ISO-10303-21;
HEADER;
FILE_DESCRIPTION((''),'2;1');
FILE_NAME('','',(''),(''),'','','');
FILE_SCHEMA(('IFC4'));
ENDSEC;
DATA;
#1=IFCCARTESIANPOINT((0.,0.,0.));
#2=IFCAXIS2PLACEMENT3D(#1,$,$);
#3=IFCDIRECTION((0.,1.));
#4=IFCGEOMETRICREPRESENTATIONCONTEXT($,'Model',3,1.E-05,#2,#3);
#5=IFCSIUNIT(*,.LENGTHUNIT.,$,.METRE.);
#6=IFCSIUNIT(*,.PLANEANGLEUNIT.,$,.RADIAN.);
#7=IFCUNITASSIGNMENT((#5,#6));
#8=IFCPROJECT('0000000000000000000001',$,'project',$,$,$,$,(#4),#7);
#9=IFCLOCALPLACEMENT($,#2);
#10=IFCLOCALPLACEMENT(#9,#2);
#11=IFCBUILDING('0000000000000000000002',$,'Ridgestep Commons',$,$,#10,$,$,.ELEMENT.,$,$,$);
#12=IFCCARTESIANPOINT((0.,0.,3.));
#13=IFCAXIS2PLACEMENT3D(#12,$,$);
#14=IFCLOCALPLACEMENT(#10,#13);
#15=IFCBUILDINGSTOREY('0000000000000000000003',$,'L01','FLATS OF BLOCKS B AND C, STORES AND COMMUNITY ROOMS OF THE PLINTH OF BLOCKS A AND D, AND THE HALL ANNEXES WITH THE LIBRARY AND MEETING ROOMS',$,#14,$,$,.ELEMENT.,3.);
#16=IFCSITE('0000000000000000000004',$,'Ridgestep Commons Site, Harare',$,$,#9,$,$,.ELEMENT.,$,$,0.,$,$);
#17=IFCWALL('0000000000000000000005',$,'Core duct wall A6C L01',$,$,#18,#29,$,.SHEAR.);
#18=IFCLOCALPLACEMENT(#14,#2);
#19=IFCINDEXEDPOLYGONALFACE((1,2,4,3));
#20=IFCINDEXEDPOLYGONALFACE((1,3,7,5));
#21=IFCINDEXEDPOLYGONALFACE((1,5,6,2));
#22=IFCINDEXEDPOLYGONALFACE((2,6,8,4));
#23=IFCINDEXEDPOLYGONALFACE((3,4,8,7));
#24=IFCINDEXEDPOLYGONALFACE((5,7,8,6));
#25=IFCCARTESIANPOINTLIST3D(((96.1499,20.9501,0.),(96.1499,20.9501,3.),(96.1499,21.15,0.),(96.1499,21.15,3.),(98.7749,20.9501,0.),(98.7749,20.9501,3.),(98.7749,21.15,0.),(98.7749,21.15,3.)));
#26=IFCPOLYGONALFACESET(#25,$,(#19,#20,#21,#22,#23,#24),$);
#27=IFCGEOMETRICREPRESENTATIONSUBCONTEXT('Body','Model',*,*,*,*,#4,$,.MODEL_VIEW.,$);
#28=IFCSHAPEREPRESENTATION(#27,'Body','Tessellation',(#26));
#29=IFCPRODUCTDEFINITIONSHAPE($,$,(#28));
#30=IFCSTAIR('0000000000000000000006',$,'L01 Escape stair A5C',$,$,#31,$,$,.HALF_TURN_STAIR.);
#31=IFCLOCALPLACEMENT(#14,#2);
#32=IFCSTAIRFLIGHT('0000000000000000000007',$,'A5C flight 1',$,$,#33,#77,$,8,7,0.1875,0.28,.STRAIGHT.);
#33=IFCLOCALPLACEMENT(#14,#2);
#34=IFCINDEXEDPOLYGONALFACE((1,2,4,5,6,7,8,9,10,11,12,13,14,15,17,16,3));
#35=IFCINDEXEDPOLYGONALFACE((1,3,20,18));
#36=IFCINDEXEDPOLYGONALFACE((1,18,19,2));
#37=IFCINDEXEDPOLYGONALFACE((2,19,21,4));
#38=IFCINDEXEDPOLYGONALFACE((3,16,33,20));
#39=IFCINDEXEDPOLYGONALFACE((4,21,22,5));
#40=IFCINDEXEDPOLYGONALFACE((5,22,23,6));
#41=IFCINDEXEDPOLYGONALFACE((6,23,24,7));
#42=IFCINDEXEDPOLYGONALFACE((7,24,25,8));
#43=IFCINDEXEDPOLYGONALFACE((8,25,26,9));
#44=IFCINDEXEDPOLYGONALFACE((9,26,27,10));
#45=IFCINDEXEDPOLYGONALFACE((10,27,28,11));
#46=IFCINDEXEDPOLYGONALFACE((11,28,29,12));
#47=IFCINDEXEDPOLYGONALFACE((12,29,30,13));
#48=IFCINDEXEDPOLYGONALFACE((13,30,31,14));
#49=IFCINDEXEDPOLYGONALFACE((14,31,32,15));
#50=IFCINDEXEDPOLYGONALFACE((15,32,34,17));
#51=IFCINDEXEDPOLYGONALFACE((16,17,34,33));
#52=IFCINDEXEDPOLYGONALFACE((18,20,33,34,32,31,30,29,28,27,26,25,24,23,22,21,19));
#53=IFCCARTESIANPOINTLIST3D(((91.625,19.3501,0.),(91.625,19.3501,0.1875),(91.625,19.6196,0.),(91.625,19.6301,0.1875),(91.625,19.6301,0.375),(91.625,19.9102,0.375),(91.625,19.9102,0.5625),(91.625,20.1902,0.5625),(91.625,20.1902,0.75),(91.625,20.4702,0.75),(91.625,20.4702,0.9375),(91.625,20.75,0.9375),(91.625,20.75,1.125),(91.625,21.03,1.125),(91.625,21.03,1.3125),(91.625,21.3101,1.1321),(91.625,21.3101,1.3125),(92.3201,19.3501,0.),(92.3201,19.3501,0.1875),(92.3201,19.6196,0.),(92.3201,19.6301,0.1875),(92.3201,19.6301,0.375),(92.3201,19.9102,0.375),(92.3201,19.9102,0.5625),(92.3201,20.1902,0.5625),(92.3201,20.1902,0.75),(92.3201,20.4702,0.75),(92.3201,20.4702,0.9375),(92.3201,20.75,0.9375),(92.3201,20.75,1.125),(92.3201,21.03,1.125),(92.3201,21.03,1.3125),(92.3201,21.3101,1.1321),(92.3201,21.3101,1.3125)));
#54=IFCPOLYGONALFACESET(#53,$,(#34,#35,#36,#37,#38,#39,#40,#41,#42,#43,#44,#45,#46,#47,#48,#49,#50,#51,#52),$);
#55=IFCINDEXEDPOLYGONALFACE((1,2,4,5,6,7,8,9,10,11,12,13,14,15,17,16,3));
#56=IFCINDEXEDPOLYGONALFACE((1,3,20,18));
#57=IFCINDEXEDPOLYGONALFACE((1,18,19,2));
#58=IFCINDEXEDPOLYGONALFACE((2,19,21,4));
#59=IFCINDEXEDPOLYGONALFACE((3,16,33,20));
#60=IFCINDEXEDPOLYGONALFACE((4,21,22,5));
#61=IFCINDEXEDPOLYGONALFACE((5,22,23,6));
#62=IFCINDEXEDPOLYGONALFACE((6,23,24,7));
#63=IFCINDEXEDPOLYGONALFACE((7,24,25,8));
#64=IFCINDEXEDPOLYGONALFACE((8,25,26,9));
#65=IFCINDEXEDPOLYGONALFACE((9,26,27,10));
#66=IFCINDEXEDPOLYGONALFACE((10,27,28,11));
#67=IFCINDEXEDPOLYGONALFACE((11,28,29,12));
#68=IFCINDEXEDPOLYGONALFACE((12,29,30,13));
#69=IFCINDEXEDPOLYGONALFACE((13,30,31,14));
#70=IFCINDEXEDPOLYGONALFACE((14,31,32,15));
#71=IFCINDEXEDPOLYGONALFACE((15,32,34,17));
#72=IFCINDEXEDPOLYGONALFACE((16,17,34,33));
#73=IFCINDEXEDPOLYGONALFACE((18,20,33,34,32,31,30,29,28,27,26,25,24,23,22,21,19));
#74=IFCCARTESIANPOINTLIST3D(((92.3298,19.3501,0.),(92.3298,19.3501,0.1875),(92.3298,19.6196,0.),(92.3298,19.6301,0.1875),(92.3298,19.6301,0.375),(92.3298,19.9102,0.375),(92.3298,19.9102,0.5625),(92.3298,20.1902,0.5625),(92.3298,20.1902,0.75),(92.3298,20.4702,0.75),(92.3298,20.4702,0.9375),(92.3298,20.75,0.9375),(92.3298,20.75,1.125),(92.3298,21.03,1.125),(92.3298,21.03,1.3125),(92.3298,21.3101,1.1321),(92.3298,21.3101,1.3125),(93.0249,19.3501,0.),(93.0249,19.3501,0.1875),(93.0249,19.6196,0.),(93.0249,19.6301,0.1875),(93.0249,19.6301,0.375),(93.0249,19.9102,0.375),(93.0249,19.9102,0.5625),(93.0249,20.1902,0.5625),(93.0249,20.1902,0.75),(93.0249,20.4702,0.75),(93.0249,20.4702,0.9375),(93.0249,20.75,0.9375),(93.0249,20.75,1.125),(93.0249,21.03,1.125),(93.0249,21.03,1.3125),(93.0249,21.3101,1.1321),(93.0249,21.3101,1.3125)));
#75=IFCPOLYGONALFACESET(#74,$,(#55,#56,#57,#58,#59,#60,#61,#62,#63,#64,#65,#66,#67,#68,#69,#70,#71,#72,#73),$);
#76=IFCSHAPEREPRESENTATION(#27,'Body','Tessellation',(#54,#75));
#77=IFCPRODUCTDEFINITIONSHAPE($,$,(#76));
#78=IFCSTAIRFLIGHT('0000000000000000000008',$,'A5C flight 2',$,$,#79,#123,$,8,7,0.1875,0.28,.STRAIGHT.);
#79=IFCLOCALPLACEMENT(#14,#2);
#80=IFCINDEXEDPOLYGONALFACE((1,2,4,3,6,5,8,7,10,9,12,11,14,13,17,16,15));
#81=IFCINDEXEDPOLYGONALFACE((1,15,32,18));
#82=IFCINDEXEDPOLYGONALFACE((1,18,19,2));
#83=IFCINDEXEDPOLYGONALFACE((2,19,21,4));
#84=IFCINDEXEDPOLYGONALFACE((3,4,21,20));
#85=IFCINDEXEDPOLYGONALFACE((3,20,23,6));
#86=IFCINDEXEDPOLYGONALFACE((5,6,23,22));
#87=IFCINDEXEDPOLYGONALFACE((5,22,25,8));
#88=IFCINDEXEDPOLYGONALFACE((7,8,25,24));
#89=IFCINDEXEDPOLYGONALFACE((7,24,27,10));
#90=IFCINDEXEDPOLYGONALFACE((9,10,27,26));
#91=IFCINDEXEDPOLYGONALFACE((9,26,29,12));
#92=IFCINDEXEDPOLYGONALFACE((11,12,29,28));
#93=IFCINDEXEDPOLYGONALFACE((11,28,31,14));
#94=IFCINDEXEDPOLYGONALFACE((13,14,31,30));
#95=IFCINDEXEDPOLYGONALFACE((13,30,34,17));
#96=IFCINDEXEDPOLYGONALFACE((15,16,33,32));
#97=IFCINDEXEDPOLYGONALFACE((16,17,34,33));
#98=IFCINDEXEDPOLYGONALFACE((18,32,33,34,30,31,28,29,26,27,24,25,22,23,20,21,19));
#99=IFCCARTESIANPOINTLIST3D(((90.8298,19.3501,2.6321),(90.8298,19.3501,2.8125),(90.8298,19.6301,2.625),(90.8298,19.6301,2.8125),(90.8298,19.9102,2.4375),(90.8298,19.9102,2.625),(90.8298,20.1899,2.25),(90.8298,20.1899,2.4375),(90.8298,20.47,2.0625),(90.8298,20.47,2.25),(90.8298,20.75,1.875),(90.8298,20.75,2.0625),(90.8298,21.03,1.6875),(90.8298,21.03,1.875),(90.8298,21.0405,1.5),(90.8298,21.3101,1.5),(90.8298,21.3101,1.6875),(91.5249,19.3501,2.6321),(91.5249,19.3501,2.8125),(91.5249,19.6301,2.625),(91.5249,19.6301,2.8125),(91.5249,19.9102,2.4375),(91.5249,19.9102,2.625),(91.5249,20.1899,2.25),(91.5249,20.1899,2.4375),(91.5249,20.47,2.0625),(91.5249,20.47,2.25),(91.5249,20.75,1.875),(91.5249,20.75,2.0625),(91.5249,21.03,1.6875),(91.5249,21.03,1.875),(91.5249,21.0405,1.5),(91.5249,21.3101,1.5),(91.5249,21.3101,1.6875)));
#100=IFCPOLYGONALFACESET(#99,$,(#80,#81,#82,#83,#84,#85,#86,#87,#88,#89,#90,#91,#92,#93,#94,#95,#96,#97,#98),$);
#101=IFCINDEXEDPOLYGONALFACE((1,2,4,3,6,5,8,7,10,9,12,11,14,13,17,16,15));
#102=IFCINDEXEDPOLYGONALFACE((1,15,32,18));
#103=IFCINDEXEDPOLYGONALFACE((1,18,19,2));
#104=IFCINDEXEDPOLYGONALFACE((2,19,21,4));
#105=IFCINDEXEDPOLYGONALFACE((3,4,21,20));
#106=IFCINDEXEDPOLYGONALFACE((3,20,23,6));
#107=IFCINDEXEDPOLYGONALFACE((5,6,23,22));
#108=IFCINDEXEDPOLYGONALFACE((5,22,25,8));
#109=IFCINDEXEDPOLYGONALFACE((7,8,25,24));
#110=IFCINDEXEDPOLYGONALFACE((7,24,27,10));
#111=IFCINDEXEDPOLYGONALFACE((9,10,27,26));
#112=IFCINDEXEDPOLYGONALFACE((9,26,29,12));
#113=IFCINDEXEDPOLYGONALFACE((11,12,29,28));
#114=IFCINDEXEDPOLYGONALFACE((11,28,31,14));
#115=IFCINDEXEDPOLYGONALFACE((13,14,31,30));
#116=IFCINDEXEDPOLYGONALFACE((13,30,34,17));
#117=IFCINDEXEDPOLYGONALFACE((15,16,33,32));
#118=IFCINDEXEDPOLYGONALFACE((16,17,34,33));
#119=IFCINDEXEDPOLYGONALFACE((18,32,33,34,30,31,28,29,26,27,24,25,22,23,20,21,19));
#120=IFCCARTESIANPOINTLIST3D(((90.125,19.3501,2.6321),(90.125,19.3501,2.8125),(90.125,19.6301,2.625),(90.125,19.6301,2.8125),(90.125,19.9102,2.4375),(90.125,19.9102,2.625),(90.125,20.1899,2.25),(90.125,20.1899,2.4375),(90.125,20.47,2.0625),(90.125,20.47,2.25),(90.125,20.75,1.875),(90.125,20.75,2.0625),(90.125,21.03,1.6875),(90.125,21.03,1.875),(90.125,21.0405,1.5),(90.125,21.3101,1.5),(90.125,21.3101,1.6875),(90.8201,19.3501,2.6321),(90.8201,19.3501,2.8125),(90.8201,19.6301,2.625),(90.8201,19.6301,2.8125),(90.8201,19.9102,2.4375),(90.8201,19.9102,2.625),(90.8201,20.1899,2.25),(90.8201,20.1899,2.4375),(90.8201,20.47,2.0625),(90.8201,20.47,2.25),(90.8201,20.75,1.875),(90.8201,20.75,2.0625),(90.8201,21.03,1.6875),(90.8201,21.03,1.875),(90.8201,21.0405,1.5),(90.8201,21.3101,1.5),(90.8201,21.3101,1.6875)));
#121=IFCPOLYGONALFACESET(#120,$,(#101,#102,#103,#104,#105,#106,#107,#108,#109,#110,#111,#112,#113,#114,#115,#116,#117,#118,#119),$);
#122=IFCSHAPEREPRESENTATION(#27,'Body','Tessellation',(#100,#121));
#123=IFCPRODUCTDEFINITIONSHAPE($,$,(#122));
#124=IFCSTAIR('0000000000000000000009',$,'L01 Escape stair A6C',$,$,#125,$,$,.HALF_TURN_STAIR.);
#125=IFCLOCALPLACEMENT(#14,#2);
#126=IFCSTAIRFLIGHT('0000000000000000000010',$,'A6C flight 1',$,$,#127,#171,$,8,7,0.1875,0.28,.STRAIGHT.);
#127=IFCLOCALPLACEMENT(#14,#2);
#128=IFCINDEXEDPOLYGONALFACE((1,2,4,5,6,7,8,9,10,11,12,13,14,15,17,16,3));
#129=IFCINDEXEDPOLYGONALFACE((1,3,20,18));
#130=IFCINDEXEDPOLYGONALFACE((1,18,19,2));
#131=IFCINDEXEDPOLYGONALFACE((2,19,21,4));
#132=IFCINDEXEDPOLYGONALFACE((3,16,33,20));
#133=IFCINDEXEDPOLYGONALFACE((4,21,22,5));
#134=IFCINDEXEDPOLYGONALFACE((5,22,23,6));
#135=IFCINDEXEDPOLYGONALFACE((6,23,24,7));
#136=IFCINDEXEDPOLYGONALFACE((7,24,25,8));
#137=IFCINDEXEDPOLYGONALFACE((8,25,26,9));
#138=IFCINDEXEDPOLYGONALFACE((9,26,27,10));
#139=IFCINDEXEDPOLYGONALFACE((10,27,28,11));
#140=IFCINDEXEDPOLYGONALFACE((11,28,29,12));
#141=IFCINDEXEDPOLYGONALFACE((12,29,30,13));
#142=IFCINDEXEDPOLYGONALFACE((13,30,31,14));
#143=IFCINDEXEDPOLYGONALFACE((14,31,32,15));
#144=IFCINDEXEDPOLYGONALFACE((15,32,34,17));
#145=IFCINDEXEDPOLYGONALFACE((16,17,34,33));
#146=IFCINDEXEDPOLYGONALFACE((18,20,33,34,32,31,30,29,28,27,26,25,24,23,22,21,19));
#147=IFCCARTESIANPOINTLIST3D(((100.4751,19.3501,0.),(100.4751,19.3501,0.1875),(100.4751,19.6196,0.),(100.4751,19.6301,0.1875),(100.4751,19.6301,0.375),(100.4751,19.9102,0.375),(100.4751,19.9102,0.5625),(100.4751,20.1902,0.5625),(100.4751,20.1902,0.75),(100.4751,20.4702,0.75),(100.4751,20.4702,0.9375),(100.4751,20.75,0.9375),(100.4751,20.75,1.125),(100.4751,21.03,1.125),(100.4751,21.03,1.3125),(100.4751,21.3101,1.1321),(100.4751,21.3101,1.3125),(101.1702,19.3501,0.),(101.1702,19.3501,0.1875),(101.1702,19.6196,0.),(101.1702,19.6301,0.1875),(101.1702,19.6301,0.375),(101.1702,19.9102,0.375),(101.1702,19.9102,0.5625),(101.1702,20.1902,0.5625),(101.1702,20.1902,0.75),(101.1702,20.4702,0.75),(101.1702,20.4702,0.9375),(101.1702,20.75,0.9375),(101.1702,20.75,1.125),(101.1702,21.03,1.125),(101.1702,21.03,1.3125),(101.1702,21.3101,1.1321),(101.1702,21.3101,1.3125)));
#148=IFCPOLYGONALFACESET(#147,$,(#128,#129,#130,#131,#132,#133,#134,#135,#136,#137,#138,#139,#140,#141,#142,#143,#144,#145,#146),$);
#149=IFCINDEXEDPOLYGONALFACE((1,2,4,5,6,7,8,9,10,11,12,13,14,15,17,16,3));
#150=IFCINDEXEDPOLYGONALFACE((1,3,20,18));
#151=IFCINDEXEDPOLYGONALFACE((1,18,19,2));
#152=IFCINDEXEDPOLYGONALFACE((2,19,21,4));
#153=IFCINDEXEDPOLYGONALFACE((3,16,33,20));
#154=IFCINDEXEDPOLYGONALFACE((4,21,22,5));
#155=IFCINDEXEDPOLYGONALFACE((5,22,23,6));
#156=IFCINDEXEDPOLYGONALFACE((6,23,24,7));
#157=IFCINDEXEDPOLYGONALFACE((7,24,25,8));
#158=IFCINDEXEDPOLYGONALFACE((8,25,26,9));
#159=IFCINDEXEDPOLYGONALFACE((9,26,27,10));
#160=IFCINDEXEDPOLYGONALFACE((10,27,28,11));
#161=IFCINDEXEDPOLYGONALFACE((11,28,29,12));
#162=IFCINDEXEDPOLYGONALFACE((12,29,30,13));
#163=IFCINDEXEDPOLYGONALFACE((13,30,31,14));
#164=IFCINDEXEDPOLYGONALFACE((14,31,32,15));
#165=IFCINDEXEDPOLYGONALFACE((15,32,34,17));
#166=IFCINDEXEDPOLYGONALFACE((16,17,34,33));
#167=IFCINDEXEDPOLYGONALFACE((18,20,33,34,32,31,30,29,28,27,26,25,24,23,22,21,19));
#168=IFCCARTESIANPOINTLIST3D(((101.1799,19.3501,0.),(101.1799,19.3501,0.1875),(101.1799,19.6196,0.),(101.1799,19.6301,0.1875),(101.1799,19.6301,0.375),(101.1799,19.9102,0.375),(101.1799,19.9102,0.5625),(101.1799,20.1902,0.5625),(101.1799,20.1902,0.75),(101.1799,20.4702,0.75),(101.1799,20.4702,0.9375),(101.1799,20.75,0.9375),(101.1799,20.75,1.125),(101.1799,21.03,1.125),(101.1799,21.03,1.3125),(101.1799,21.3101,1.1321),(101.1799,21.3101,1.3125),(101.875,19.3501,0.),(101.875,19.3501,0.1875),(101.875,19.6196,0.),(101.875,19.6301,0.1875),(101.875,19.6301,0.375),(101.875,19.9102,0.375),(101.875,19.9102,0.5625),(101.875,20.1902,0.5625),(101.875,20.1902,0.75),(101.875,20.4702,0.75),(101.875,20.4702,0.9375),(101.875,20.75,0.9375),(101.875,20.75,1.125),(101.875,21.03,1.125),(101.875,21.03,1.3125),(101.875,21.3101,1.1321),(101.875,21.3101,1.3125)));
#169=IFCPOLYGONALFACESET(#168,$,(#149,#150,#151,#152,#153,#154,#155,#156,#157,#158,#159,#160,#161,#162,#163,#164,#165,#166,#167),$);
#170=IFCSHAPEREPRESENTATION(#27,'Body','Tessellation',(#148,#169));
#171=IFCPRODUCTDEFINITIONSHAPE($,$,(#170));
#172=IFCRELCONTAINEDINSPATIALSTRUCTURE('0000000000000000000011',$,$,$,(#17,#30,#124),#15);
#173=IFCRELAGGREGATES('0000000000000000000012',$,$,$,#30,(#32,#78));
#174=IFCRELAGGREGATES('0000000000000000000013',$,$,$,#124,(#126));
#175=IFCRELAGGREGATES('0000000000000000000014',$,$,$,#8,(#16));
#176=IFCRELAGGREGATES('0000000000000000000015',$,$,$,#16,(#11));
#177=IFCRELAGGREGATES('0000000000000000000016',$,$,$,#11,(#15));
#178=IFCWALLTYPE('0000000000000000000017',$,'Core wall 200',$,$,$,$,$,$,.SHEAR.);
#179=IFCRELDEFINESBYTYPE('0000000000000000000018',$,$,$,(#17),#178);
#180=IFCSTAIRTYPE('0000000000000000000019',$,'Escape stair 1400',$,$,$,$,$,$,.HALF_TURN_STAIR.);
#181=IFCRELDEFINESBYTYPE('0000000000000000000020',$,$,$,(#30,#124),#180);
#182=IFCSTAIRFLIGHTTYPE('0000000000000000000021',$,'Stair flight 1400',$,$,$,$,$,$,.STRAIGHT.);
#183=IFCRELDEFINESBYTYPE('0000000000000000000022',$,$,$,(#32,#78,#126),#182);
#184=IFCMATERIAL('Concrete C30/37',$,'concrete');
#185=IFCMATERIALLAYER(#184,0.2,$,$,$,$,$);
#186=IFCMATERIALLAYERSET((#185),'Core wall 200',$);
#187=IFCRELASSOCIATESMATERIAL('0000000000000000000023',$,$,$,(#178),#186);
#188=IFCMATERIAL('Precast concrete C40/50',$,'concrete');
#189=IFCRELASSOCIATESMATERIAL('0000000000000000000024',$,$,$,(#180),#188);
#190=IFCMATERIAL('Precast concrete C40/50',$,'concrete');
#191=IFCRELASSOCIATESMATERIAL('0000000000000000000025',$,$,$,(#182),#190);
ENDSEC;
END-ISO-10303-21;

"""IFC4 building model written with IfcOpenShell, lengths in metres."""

from ifc_helpers import new_model, si_unit, direction, frame, frame_2d, origin, place, context, subcontext, project, spatial, polyline, rectangle, outline, extrude, material, layer, layer_set, type_object, element, aggregate, save


model = new_model("IFC4")

# Units and contexts
model_context = context("Model", 3, precision=1e-05, world=origin(), true_north=direction((0.0, 1.0)))
body_context = subcontext(model_context, "Body", "Model", "MODEL_VIEW")
ifc_project = project(units=[si_unit("LENGTHUNIT", "METRE"), si_unit("PLANEANGLEUNIT", "RADIAN")], contexts=[model_context])

# Site, building, storey
site_placement = place(None, origin())
site = spatial("IfcSite", under=ifc_project, at=site_placement, Name="Ridgestep Commons Site, Harare", CompositionType="ELEMENT", RefElevation=0.0)
building_placement = place(site_placement, origin())
building = spatial("IfcBuilding", under=site, at=building_placement, Name="Ridgestep Commons", CompositionType="ELEMENT")
storey_placement = place(building_placement, frame((0.0, 0.0, 3.0)))
storey = spatial("IfcBuildingStorey", under=building, at=storey_placement, Name="L01", Description="FLATS OF BLOCKS B AND C, STORES AND COMMUNITY ROOMS OF THE PLINTH OF BLOCKS A AND D, AND THE HALL ANNEXES WITH THE LIBRARY AND MEETING ROOMS", CompositionType="ELEMENT", Elevation=3.0)

# Shared definitions
ifc_material_1 = material(Name="Concrete C30/37", Category="concrete")
ifc_layer_1 = layer(ifc_material_1, 0.2)
ifc_layer_set_1 = layer_set([ifc_layer_1], Name="Core wall 200")
wall_type_1 = type_object("IfcWallType", Name="Core wall 200", PredefinedType="SHEAR", material=ifc_layer_set_1)

# Wall
wall_1_placement = place(storey_placement, frame((96.1499, 21.05, 0.0), z_axis=(0.0, 0.0, 1.0), x_axis=(1.0, 0.0, 0.0)))
element("IfcWall", 1, at=wall_1_placement, inside=storey, type_object=wall_type_1, Name="Core duct wall A6C L01", PredefinedType="SHEAR", context=body_context, shape_type="SweptSolid", body=[
    extrude(rectangle(XDim=2.625, YDim=0.2, at=frame_2d((1.3125, 0.0))), origin(), (0.0, 0.0, 1.0), 3.0),
])

# Stairs, stair flights
ifc_material_2 = material(Name="Precast concrete C40/50", Category="concrete")
stair_type = type_object("IfcStairType", Name="Escape stair 1400", PredefinedType="HALF_TURN_STAIR", material=ifc_material_2)
stair_1_placement = place(storey_placement, origin())
stair_1 = element("IfcStair", 2, at=stair_1_placement, inside=storey, type_object=stair_type, Name="L01 Escape stair A5C", PredefinedType="HALF_TURN_STAIR")
ifc_material_3 = material(Name="Precast concrete C40/50", Category="concrete")
stair_flight_type = type_object("IfcStairFlightType", Name="Stair flight 1400", PredefinedType="STRAIGHT", material=ifc_material_3)
stair_flight_1_placement = place(storey_placement, frame((92.325, 19.3501, 0.0), z_axis=(0.0, 0.0, 1.0), x_axis=(0.0, 1.0, 0.0)))
stair_flight_1 = element("IfcStairFlight", 3, at=stair_flight_1_placement, type_object=stair_flight_type, Name="A5C flight 1", NumberOfRisers=8, NumberOfTreads=7, PredefinedType="STRAIGHT", RiserHeight=0.1875, TreadLength=0.28, context=body_context, shape_type="SweptSolid", body=[
    extrude(outline(polyline([(0.0, 0.0), (0.0, 0.1875), (0.28, 0.1875), (0.28, 0.375), (0.5601, 0.375), (0.5601, 0.5625), (0.8401, 0.5625), (0.8401, 0.75), (1.1201, 0.75), (1.1201, 0.9375), (1.3999, 0.9375), (1.3999, 1.125), (1.6799, 1.125), (1.6799, 1.3125), (1.96, 1.3125), (1.96, 1.5), (1.96, 1.1321), (0.2695, 0.0), (0.0, 0.0)])), frame((0.0, 0.7, 0.0), z_axis=(0.0, -1.0, 0.0), x_axis=(1.0, 0.0, 0.0)), (0.0, 0.0, 1.0), 0.6951),
    extrude(outline(polyline([(0.0, 0.0), (0.0, 0.1875), (0.28, 0.1875), (0.28, 0.375), (0.5601, 0.375), (0.5601, 0.5625), (0.8401, 0.5625), (0.8401, 0.75), (1.1201, 0.75), (1.1201, 0.9375), (1.3999, 0.9375), (1.3999, 1.125), (1.6799, 1.125), (1.6799, 1.3125), (1.96, 1.3125), (1.96, 1.5), (1.96, 1.1321), (0.2695, 0.0), (0.0, 0.0)])), frame((0.0, -0.0049, 0.0), z_axis=(0.0, -1.0, 0.0), x_axis=(1.0, 0.0, 0.0)), (0.0, 0.0, 1.0), 0.6951),
])
stair_flight_2_placement = place(storey_placement, frame((90.825, 21.3101, 1.5), z_axis=(0.0, 0.0, 1.0), x_axis=(0.0, -1.0, 0.0)))
stair_flight_2 = element("IfcStairFlight", 4, at=stair_flight_2_placement, type_object=stair_flight_type, Name="A5C flight 2", NumberOfRisers=8, NumberOfTreads=7, PredefinedType="STRAIGHT", RiserHeight=0.1875, TreadLength=0.28, context=body_context, shape_type="SweptSolid", body=[
    extrude(outline(polyline([(0.0, 0.0), (0.0, 0.1875), (0.28, 0.1875), (0.28, 0.375), (0.5601, 0.375), (0.5601, 0.5625), (0.8401, 0.5625), (0.8401, 0.75), (1.1201, 0.75), (1.1201, 0.9375), (1.3999, 0.9375), (1.3999, 1.125), (1.6799, 1.125), (1.6799, 1.3125), (1.96, 1.3125), (1.96, 1.5), (1.96, 1.1321), (0.2695, 0.0), (0.0, 0.0)])), frame((0.0, 0.7, 0.0), z_axis=(0.0, -1.0, 0.0), x_axis=(1.0, 0.0, 0.0)), (0.0, 0.0, 1.0), 0.6951),
    extrude(outline(polyline([(0.0, 0.0), (0.0, 0.1875), (0.28, 0.1875), (0.28, 0.375), (0.5601, 0.375), (0.5601, 0.5625), (0.8401, 0.5625), (0.8401, 0.75), (1.1201, 0.75), (1.1201, 0.9375), (1.3999, 0.9375), (1.3999, 1.125), (1.6799, 1.125), (1.6799, 1.3125), (1.96, 1.3125), (1.96, 1.5), (1.96, 1.1321), (0.2695, 0.0), (0.0, 0.0)])), frame((0.0, -0.0049, 0.0), z_axis=(0.0, -1.0, 0.0), x_axis=(1.0, 0.0, 0.0)), (0.0, 0.0, 1.0), 0.6951),
])
aggregate(stair_1, [stair_flight_1, stair_flight_2])
stair_2_placement = place(storey_placement, origin())
stair_2 = element("IfcStair", 5, at=stair_2_placement, inside=storey, type_object=stair_type, Name="L01 Escape stair A6C", PredefinedType="HALF_TURN_STAIR")
stair_flight_3_placement = place(storey_placement, frame((101.175, 19.3501, 0.0), z_axis=(0.0, 0.0, 1.0), x_axis=(0.0, 1.0, 0.0)))
stair_flight_3 = element("IfcStairFlight", 6, at=stair_flight_3_placement, type_object=stair_flight_type, Name="A6C flight 1", NumberOfRisers=8, NumberOfTreads=7, PredefinedType="STRAIGHT", RiserHeight=0.1875, TreadLength=0.28, context=body_context, shape_type="SweptSolid", body=[
    extrude(outline(polyline([(0.0, 0.0), (0.0, 0.1875), (0.28, 0.1875), (0.28, 0.375), (0.5601, 0.375), (0.5601, 0.5625), (0.8401, 0.5625), (0.8401, 0.75), (1.1201, 0.75), (1.1201, 0.9375), (1.3999, 0.9375), (1.3999, 1.125), (1.6799, 1.125), (1.6799, 1.3125), (1.96, 1.3125), (1.96, 1.5), (1.96, 1.1321), (0.2695, 0.0), (0.0, 0.0)])), frame((0.0, 0.7, 0.0), z_axis=(0.0, -1.0, 0.0), x_axis=(1.0, 0.0, 0.0)), (0.0, 0.0, 1.0), 0.6951),
    extrude(outline(polyline([(0.0, 0.0), (0.0, 0.1875), (0.28, 0.1875), (0.28, 0.375), (0.5601, 0.375), (0.5601, 0.5625), (0.8401, 0.5625), (0.8401, 0.75), (1.1201, 0.75), (1.1201, 0.9375), (1.3999, 0.9375), (1.3999, 1.125), (1.6799, 1.125), (1.6799, 1.3125), (1.96, 1.3125), (1.96, 1.5), (1.96, 1.1321), (0.2695, 0.0), (0.0, 0.0)])), frame((0.0, -0.0049, 0.0), z_axis=(0.0, -1.0, 0.0), x_axis=(1.0, 0.0, 0.0)), (0.0, 0.0, 1.0), 0.6951),
])
aggregate(stair_2, [stair_flight_3])

save(model, "model.ifc")
